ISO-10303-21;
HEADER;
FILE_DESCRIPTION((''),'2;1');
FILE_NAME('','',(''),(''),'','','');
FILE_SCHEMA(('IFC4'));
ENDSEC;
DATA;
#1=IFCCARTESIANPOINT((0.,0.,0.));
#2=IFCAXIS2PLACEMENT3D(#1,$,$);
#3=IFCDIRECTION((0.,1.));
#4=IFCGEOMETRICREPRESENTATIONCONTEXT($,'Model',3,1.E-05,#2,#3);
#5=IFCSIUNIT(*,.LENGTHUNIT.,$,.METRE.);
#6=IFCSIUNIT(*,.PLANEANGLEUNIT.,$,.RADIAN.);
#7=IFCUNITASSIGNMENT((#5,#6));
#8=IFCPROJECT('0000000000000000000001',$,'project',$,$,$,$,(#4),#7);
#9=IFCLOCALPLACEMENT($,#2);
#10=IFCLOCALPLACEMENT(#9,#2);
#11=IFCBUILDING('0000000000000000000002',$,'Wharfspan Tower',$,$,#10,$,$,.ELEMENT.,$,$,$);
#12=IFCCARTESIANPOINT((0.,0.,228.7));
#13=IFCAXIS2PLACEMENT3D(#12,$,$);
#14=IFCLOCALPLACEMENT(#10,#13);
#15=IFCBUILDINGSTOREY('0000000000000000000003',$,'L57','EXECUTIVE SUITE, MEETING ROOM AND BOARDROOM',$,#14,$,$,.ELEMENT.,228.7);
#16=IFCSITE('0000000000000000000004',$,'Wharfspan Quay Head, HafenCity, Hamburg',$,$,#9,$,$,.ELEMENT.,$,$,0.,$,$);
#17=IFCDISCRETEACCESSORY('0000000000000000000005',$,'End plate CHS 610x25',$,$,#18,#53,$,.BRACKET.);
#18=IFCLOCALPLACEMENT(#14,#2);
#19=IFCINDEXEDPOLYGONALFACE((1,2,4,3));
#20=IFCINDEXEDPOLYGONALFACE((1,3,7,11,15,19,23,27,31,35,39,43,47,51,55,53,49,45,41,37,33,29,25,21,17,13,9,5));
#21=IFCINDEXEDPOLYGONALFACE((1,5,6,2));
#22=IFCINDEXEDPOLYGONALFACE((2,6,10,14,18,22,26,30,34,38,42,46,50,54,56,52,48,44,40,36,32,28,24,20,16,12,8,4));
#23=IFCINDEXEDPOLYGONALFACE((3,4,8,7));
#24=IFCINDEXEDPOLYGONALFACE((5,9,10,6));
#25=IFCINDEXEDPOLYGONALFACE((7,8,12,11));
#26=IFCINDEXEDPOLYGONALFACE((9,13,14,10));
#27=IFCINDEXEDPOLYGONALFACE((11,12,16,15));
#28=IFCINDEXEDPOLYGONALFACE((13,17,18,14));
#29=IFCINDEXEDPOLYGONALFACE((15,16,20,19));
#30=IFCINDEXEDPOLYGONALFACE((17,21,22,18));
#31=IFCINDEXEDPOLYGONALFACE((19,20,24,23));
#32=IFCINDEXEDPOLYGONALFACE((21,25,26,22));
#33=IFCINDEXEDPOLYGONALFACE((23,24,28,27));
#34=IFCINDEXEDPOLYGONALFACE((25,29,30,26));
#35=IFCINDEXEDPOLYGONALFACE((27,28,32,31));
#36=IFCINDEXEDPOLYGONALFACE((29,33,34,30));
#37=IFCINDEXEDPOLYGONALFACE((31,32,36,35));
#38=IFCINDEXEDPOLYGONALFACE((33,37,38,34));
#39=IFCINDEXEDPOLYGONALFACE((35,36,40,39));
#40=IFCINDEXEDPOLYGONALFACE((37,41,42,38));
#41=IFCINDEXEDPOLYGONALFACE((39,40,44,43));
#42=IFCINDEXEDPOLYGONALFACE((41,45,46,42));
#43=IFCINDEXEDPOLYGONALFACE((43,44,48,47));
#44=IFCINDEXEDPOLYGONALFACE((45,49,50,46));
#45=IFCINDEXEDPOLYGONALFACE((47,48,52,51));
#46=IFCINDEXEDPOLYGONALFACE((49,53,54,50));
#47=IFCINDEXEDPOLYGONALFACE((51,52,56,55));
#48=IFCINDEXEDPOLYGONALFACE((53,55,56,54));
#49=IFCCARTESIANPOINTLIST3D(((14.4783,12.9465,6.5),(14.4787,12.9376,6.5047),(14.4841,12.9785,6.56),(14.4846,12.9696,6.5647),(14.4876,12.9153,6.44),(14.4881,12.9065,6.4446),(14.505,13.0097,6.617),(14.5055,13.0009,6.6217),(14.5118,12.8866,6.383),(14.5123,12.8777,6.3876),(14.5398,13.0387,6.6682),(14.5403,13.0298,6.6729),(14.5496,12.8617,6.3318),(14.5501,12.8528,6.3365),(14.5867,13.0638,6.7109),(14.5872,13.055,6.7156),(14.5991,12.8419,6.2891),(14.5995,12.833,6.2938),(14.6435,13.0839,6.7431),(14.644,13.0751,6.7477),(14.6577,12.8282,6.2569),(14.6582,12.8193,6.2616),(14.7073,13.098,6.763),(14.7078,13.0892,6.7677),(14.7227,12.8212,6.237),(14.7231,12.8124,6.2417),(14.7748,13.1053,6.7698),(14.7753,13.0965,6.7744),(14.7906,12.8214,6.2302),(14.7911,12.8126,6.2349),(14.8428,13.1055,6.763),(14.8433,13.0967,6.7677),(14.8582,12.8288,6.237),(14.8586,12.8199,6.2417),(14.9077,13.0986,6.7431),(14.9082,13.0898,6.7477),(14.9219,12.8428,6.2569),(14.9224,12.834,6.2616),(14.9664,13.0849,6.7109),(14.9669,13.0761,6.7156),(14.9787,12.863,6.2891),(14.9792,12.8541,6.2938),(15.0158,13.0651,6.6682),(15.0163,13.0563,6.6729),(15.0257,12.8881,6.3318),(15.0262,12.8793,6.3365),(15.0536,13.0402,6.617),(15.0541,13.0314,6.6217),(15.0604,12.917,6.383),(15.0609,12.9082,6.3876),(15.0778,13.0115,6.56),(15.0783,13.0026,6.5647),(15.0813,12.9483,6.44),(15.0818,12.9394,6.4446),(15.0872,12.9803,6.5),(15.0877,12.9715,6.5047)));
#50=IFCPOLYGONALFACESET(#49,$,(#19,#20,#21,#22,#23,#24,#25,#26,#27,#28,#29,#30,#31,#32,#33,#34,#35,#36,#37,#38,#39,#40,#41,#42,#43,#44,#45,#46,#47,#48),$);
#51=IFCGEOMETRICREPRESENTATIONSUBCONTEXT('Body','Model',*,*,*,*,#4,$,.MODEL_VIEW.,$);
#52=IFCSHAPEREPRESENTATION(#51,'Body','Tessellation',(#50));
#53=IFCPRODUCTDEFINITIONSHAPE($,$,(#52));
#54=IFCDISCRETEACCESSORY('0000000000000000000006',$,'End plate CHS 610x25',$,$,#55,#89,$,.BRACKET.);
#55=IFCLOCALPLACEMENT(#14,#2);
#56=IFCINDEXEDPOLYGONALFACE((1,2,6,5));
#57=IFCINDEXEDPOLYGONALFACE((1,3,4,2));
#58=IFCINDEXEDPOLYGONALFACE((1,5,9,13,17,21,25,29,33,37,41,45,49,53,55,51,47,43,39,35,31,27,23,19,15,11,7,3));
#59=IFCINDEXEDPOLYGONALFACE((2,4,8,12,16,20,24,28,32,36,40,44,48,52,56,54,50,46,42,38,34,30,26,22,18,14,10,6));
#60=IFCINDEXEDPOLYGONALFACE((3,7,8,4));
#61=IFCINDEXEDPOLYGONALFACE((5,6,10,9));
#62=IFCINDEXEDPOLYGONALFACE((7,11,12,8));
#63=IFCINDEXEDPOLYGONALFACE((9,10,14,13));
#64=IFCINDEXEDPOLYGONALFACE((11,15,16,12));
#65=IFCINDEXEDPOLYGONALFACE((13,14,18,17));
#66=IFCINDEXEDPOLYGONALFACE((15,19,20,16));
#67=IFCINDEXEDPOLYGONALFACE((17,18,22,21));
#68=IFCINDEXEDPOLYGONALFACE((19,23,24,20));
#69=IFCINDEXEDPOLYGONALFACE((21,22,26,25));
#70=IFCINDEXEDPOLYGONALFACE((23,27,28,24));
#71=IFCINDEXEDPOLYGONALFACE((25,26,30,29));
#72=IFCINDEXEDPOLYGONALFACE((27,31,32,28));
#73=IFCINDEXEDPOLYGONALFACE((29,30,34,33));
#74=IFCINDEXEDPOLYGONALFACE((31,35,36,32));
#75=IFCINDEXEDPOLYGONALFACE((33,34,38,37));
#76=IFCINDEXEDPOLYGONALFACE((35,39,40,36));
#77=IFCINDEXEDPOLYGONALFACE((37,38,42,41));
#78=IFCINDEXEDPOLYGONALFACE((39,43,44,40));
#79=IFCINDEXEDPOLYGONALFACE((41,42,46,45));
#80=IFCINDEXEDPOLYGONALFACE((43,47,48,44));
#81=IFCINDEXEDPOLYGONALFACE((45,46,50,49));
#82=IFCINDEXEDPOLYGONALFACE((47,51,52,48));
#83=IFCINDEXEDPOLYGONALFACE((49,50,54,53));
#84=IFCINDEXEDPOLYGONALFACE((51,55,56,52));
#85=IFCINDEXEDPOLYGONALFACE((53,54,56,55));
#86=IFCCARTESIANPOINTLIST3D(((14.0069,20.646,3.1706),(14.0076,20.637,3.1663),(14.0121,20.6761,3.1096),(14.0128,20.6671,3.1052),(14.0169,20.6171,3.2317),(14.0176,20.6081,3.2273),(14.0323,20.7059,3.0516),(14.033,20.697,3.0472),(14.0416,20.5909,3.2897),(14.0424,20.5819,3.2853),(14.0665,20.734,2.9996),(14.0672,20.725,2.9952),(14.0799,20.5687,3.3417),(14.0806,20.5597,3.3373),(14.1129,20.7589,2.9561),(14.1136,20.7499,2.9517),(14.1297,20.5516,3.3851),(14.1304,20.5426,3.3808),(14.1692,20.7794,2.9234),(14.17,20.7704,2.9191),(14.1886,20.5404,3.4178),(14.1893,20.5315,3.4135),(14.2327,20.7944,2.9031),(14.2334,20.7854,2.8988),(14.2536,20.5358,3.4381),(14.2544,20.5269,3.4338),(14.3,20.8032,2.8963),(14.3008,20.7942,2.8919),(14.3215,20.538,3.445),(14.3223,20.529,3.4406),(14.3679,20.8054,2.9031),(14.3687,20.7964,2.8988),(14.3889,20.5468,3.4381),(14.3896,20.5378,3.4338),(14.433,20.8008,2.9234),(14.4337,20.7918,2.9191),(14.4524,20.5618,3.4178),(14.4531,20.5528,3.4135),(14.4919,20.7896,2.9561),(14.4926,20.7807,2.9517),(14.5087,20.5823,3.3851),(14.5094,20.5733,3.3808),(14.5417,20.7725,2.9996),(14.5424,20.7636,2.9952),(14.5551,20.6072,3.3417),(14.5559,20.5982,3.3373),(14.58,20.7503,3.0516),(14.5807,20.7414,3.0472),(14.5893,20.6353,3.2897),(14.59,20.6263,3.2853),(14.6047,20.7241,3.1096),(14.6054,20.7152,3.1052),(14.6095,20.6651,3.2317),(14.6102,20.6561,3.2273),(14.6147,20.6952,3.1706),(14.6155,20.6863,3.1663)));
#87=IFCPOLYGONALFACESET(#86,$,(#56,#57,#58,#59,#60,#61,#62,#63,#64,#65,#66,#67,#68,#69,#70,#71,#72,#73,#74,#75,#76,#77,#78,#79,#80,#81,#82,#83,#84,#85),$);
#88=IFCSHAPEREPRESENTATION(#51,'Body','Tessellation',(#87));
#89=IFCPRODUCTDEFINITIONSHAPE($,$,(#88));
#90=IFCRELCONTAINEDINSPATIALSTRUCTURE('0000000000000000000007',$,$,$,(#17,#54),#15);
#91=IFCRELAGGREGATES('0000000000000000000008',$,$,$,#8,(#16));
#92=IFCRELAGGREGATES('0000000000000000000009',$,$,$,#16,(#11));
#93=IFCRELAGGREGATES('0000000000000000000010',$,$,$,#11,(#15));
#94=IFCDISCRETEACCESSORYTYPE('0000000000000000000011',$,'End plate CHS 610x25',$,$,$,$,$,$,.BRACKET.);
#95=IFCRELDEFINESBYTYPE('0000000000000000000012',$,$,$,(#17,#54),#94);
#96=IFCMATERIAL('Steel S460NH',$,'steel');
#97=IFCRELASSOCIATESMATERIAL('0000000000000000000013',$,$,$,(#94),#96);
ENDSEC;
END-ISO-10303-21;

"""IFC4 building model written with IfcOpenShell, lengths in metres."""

from ifc_helpers import new_model, si_unit, direction, frame, origin, origin_2d, place, context, subcontext, project, spatial, circle, extrude, material, material_profile, profile_set, type_object, element, save


model = new_model("IFC4")

# Units and contexts
model_context = context("Model", 3, precision=1e-05, world=origin(), true_north=direction((0.0, 1.0)))
body_context = subcontext(model_context, "Body", "Model", "MODEL_VIEW")
ifc_project = project(units=[si_unit("LENGTHUNIT", "METRE"), si_unit("PLANEANGLEUNIT", "RADIAN")], contexts=[model_context])

# Site, building, storey
site_placement = place(None, origin())
site = spatial("IfcSite", under=ifc_project, at=site_placement, Name="Wharfspan Quay Head, HafenCity, Hamburg", CompositionType="ELEMENT", RefElevation=0.0)
building_placement = place(site_placement, origin())
building = spatial("IfcBuilding", under=site, at=building_placement, Name="Wharfspan Tower", CompositionType="ELEMENT")
storey_placement = place(building_placement, frame((0.0, 0.0, 228.7)))
storey = spatial("IfcBuildingStorey", under=building, at=storey_placement, Name="L57", Description="EXECUTIVE SUITE, MEETING ROOM AND BOARDROOM", CompositionType="ELEMENT", Elevation=228.7)

# Shared definitions
ifc_material_1 = material(Name="Steel S460NH", Category="steel")

# Discrete accessories
ifc_material_profile_1 = material_profile(ifc_material_1, circle(Radius=0.3049, at=origin_2d()))
ifc_profile_set_1 = profile_set([ifc_material_profile_1], Name="Steel S460NH")
discrete_accessory_type = type_object("IfcDiscreteAccessoryType", Name="End plate CHS 610x25", PredefinedType="BRACKET", material=ifc_profile_set_1)
for number, where, z_axis, x_axis, name in (
    (1, (14.7827, 12.9634, 6.5), (0.049073, -0.883319, 0.466196), (0.998456, 0.05547, 0.000001), "End plate CHS 610x25"),
    (2, (14.3115, 20.6616, 3.1663), (-0.072718, 0.896854, 0.436308), (-0.996729, -0.080815, -0.000002), "End plate CHS 610x25"),
):
    element("IfcDiscreteAccessory", number, at=place(storey_placement, frame(where, z_axis=z_axis, x_axis=x_axis)), inside=storey, type_object=discrete_accessory_type, Name=name, PredefinedType="BRACKET", context=body_context, shape_type="SweptSolid", body=[
        extrude(circle(Radius=0.3049, at=origin_2d()), origin(), (0.0, 0.0, 1.0), 0.01),
    ])

save(model, "model.ifc")
